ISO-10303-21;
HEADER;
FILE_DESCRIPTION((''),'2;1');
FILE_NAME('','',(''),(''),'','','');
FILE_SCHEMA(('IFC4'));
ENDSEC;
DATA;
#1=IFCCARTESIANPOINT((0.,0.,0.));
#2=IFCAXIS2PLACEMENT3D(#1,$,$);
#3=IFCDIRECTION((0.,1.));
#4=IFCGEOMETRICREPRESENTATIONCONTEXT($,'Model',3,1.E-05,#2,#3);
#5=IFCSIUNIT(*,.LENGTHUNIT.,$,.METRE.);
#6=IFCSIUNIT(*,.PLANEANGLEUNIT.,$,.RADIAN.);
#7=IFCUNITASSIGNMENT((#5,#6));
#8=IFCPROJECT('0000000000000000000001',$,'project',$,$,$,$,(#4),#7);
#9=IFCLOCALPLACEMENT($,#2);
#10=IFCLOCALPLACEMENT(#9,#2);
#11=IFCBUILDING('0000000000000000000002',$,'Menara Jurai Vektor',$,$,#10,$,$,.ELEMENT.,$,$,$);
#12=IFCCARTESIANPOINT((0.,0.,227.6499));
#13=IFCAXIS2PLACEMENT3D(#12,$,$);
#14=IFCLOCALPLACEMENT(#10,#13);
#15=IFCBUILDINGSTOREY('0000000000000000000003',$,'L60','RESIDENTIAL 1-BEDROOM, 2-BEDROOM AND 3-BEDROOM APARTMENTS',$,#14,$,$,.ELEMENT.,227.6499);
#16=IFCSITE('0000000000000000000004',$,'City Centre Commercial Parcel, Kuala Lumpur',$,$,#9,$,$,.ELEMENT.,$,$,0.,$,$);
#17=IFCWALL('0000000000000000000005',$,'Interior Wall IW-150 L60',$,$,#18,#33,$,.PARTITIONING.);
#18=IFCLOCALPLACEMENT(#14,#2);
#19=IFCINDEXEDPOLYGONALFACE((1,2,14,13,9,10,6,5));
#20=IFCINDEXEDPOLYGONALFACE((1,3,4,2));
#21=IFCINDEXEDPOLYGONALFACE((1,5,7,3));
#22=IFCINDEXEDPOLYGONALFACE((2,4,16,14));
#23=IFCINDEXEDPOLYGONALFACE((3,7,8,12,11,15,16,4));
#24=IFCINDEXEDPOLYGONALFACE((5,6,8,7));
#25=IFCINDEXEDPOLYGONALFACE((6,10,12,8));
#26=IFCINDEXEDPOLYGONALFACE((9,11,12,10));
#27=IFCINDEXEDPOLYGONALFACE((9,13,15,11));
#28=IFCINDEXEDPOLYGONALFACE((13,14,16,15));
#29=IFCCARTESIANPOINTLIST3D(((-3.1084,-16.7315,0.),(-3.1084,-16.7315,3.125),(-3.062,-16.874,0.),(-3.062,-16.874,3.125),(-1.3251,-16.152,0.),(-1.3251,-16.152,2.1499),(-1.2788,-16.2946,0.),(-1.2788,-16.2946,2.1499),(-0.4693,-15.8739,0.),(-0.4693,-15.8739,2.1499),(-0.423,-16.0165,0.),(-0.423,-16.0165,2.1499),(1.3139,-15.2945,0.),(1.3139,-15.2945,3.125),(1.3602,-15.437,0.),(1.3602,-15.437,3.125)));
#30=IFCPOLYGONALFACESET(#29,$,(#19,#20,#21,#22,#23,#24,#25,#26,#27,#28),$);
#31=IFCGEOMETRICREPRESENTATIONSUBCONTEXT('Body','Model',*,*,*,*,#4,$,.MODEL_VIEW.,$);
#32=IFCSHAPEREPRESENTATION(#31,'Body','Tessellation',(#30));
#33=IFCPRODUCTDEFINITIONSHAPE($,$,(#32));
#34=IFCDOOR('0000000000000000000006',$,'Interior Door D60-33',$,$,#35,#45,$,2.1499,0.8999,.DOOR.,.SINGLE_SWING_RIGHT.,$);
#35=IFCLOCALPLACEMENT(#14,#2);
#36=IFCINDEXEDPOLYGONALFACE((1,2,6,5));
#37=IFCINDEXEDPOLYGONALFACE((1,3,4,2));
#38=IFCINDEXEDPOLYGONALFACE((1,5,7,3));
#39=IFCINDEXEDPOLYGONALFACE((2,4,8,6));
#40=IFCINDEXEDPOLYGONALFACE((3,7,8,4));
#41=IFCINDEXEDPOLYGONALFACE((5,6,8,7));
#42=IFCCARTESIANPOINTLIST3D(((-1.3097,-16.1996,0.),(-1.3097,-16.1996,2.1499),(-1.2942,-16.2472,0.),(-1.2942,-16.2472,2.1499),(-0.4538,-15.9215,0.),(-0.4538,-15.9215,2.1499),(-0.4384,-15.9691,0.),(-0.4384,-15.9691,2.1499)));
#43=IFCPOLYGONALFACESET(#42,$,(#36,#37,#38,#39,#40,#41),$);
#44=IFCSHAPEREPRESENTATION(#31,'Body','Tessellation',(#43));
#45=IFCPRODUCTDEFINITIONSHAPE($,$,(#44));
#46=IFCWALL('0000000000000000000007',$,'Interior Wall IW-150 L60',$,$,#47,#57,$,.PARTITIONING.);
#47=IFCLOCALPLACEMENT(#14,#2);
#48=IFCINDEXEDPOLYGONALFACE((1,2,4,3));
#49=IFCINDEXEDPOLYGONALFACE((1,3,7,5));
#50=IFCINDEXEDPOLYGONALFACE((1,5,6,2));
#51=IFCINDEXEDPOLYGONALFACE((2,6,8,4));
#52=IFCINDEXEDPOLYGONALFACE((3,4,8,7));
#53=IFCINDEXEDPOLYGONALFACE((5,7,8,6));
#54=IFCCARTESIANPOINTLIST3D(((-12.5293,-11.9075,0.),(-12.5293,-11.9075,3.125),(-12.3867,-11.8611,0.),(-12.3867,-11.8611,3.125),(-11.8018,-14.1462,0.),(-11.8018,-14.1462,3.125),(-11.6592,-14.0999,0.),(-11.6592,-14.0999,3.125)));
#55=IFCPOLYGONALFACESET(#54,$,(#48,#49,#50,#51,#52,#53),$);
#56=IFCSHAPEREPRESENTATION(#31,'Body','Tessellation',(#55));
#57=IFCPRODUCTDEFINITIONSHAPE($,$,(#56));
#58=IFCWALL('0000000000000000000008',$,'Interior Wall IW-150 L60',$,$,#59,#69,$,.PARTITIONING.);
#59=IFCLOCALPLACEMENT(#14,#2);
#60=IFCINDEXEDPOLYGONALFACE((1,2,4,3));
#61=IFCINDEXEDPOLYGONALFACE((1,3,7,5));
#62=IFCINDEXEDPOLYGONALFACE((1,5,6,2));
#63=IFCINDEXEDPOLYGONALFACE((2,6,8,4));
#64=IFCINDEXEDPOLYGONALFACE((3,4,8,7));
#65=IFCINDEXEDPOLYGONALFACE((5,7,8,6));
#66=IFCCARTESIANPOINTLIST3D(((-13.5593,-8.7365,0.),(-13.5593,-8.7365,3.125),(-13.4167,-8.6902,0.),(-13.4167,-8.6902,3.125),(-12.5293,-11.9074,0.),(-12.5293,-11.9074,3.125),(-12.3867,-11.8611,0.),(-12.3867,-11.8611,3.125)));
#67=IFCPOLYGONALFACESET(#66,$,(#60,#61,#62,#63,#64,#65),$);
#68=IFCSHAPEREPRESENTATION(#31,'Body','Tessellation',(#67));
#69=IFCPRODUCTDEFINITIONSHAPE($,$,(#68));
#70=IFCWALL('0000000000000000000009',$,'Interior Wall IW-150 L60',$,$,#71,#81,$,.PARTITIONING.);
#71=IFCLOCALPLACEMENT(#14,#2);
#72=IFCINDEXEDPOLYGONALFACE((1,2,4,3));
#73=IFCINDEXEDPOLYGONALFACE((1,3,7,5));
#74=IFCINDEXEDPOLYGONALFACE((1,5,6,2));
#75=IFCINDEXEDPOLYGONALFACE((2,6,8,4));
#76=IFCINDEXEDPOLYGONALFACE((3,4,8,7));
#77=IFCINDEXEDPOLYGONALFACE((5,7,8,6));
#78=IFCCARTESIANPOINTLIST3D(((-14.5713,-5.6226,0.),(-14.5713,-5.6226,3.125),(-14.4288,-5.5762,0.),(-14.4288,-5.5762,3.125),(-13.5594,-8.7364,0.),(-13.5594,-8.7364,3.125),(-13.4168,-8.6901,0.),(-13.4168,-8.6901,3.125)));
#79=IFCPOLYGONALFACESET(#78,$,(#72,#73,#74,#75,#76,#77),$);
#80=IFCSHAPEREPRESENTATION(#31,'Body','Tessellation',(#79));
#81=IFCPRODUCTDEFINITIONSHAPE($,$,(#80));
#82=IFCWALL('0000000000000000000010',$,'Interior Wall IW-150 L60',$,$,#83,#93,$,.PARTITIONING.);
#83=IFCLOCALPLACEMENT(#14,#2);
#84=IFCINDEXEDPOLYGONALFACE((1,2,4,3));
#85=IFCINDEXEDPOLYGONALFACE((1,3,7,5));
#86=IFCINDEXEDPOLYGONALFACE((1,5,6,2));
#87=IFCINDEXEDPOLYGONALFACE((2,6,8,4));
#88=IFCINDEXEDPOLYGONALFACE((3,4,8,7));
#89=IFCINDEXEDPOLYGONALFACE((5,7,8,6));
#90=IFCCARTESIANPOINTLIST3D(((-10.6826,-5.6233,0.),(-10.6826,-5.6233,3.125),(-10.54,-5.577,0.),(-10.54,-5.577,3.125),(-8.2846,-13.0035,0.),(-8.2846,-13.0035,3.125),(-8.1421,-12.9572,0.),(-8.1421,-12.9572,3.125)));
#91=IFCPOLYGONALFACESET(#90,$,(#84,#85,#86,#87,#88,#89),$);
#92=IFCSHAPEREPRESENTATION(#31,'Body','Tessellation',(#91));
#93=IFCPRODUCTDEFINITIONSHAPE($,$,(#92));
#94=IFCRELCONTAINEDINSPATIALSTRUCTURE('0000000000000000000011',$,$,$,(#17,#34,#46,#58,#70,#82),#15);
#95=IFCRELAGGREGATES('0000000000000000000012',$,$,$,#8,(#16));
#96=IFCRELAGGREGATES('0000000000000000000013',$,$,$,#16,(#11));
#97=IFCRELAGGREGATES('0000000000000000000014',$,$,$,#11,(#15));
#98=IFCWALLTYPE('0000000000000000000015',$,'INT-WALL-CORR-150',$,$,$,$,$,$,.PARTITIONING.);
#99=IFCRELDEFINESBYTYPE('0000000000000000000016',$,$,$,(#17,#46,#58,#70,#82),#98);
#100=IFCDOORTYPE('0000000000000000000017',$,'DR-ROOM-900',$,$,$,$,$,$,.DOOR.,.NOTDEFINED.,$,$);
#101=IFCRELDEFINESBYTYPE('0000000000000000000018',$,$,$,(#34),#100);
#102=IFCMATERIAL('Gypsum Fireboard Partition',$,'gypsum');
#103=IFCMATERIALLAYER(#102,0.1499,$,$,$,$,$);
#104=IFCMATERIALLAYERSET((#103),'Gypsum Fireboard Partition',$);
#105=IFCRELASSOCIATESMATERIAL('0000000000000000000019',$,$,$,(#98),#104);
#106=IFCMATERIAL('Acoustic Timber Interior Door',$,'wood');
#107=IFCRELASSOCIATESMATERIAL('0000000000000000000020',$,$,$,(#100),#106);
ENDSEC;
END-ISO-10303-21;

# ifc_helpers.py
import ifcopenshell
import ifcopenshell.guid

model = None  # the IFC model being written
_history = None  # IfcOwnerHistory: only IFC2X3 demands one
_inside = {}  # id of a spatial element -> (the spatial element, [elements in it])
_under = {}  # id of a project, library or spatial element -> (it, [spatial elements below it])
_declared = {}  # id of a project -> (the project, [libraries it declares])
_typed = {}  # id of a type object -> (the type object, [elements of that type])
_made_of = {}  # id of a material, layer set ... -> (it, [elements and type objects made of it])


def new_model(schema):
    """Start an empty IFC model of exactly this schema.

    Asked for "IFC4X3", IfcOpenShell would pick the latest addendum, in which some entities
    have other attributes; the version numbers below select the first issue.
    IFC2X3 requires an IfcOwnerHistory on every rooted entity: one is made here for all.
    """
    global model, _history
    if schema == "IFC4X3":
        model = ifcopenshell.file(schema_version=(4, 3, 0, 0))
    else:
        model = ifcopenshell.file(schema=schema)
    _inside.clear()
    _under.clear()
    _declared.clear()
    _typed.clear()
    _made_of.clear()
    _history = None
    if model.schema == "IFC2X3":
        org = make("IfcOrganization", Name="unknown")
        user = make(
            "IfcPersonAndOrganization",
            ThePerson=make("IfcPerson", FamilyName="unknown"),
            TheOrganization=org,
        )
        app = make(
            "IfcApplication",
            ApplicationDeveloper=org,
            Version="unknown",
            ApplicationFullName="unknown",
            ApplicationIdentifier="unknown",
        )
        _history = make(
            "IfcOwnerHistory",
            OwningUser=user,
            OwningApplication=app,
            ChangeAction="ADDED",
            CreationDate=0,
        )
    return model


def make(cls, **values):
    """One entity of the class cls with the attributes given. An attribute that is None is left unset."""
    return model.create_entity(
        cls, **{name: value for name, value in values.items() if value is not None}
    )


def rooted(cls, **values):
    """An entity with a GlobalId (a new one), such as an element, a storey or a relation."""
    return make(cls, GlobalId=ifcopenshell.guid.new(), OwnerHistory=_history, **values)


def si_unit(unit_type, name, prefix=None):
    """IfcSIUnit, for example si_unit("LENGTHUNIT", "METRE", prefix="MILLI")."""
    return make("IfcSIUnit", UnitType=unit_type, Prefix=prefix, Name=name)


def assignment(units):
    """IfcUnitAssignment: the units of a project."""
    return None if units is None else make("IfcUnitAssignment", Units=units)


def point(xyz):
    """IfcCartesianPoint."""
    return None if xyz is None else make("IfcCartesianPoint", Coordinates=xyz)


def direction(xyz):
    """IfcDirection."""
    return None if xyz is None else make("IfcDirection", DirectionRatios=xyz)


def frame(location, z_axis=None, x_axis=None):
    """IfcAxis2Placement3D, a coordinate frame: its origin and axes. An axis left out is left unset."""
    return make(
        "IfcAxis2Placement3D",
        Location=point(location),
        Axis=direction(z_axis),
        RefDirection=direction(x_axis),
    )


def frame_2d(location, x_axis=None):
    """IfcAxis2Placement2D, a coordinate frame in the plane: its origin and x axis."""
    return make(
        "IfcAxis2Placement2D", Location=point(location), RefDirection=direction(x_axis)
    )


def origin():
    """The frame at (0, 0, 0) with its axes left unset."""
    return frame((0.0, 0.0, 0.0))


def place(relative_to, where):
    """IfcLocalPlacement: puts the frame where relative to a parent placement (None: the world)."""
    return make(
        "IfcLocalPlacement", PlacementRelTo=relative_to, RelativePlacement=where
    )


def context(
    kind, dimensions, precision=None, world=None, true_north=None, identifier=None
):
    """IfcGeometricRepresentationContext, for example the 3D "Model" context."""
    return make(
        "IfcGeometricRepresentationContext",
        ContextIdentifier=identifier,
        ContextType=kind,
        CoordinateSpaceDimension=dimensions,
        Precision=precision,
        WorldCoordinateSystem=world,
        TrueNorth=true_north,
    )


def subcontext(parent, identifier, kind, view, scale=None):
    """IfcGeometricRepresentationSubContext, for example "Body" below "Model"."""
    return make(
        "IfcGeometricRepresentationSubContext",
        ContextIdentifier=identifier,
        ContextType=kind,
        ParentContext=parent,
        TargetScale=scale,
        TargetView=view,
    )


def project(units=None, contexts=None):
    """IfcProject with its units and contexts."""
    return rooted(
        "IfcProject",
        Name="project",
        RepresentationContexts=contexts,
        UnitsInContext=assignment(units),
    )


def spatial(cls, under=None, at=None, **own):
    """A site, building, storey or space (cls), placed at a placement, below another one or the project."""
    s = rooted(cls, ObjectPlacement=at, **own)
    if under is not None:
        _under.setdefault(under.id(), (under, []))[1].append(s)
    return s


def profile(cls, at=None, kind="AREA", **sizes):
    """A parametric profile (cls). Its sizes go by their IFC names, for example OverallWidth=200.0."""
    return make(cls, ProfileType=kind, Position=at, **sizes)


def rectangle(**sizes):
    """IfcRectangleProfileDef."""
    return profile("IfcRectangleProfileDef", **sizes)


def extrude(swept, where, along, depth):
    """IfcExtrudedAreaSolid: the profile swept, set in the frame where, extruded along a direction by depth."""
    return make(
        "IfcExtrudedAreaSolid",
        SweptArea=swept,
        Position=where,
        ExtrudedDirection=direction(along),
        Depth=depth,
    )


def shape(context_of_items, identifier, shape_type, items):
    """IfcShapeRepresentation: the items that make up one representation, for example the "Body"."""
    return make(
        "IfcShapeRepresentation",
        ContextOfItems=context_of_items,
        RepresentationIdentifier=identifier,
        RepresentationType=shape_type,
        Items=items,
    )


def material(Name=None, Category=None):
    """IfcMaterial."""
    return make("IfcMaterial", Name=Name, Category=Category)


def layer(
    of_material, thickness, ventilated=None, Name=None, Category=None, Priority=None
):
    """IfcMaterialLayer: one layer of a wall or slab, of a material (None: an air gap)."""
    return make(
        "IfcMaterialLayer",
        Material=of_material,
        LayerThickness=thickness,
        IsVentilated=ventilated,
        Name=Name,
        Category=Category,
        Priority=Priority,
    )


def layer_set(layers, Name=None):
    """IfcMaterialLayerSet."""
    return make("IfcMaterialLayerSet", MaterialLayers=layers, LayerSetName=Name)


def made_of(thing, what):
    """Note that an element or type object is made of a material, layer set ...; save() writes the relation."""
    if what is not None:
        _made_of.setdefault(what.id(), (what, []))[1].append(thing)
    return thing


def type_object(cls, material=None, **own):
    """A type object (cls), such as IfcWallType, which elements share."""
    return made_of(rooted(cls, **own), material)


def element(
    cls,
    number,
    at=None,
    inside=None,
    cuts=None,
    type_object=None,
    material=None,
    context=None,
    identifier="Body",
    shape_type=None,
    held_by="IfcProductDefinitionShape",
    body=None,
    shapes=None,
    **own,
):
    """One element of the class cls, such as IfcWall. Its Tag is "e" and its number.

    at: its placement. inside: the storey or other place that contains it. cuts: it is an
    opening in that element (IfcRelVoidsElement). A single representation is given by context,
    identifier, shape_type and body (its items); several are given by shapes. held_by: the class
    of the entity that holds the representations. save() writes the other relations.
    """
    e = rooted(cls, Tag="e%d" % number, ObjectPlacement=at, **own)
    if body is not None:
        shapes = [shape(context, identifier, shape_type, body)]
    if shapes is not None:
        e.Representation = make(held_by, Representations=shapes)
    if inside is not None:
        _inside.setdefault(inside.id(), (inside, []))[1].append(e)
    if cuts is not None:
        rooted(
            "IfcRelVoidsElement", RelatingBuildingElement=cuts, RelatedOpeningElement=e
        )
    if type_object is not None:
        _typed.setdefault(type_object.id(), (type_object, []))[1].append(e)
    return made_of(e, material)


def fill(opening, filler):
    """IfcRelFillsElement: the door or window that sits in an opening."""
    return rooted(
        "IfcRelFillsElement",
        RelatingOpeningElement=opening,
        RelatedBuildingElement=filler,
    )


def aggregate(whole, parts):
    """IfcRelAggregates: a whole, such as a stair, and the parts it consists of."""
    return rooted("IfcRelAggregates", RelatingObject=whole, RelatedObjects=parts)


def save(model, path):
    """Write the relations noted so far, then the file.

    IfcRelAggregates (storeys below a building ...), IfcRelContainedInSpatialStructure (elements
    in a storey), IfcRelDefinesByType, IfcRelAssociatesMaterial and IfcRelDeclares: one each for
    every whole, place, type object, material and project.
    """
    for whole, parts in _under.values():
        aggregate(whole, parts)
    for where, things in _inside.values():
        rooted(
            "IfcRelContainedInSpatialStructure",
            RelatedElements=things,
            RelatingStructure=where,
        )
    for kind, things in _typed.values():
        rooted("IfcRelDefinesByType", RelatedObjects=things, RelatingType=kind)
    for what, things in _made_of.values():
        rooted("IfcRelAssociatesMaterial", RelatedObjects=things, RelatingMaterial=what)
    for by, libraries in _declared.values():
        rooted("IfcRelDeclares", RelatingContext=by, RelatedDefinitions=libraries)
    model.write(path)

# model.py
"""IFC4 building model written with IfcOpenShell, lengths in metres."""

from ifc_helpers import new_model, si_unit, direction, frame, frame_2d, origin, place, context, subcontext, project, spatial, rectangle, extrude, material, layer, layer_set, type_object, element, fill, save


model = new_model("IFC4")

# Units and contexts
model_context = context("Model", 3, precision=1e-05, world=origin(), true_north=direction((0.0, 1.0)))
body_context = subcontext(model_context, "Body", "Model", "MODEL_VIEW")
ifc_project = project(units=[si_unit("LENGTHUNIT", "METRE"), si_unit("PLANEANGLEUNIT", "RADIAN")], contexts=[model_context])

# Site, building, storey
site_placement = place(None, origin())
site = spatial("IfcSite", under=ifc_project, at=site_placement, Name="City Centre Commercial Parcel, Kuala Lumpur", CompositionType="ELEMENT", RefElevation=0.0)
building_placement = place(site_placement, origin())
building = spatial("IfcBuilding", under=site, at=building_placement, Name="Menara Jurai Vektor", CompositionType="ELEMENT")
storey_placement = place(building_placement, frame((0.0, 0.0, 227.6499)))
storey = spatial("IfcBuildingStorey", under=building, at=storey_placement, Name="L60", Description="RESIDENTIAL 1-BEDROOM, 2-BEDROOM AND 3-BEDROOM APARTMENTS", CompositionType="ELEMENT", Elevation=227.6499)

# Shared definitions
ifc_material_1 = material(Name="Gypsum Fireboard Partition", Category="gypsum")
ifc_layer = layer(ifc_material_1, 0.1499)
ifc_layer_set = layer_set([ifc_layer], Name="Gypsum Fireboard Partition")
wall_type = type_object("IfcWallType", Name="INT-WALL-CORR-150", PredefinedType="PARTITIONING", material=ifc_layer_set)

# Wall, opening, door
ifc_material_2 = material(Name="Acoustic Timber Interior Door", Category="wood")
door_type_1 = type_object("IfcDoorType", Name="DR-ROOM-900", OperationType="NOTDEFINED", PredefinedType="DOOR", material=ifc_material_2)
wall_1_placement = place(storey_placement, frame((-3.0852, -16.8027, 0.0), z_axis=(0.0, 0.0, 1.0), x_axis=(0.95105, 0.309036, 0.0)))
wall_1 = element("IfcWall", 1, at=wall_1_placement, inside=storey, type_object=wall_type, Name="Interior Wall IW-150 L60", PredefinedType="PARTITIONING", context=body_context, shape_type="SweptSolid", body=[
    extrude(rectangle(XDim=4.6499, YDim=0.1499, at=frame_2d((2.325, 0.0))), origin(), (0.0, 0.0, 1.0), 3.125),
])
opening_1_placement = place(wall_1_placement, frame((1.875, 0.0, 0.0)))
opening_1 = element("IfcOpeningElement", 2, at=opening_1_placement, cuts=wall_1, PredefinedType="OPENING", context=body_context, shape_type="SweptSolid", body=[
    extrude(rectangle(XDim=0.8999, YDim=2.1499, at=frame_2d((0.45, 1.075))), frame((0.0, 0.085, 0.0), z_axis=(0.0, -1.0, 0.0), x_axis=(1.0, 0.0, 0.0)), (0.0, 0.0, 1.0), 0.1699),
])
door_1_placement = place(opening_1_placement, origin())
door_1 = element("IfcDoor", 3, at=door_1_placement, inside=storey, type_object=door_type_1, Name="Interior Door D60-33", OperationType="SINGLE_SWING_RIGHT", OverallHeight=2.1499, OverallWidth=0.8999, PredefinedType="DOOR", context=body_context, shape_type="SweptSolid", body=[
    extrude(rectangle(XDim=0.8999, YDim=2.1499, at=frame_2d((0.45, 1.075))), frame((0.0, 0.0249, 0.0), z_axis=(0.0, -1.0, 0.0), x_axis=(1.0, 0.0, 0.0)), (0.0, 0.0, 1.0), 0.05),
])
fill(opening_1, door_1)

# Walls
wall_2_placement = place(storey_placement, frame((-11.7305, -14.123, 0.0), z_axis=(0.0, 0.0, 1.0), x_axis=(-0.309063, 0.951042, 0.0)))
element("IfcWall", 4, at=wall_2_placement, inside=storey, type_object=wall_type, Name="Interior Wall IW-150 L60", PredefinedType="PARTITIONING", context=body_context, shape_type="SweptSolid", body=[
    extrude(rectangle(XDim=2.354, YDim=0.1499, at=frame_2d((1.177, 0.0))), origin(), (0.0, 0.0, 1.0), 3.125),
])
wall_3_placement = place(storey_placement, frame((-12.458, -11.8843, 0.0), z_axis=(0.0, 0.0, 1.0), x_axis=(-0.308947, 0.951079, 0.0)))
element("IfcWall", 5, at=wall_3_placement, inside=storey, type_object=wall_type, Name="Interior Wall IW-150 L60", PredefinedType="PARTITIONING", context=body_context, shape_type="SweptSolid", body=[
    extrude(rectangle(XDim=3.334, YDim=0.1499, at=frame_2d((1.667, 0.0))), origin(), (0.0, 0.0, 1.0), 3.125),
])
wall_4_placement = place(storey_placement, frame((-13.488, -8.7134, 0.0), z_axis=(0.0, 0.0, 1.0), x_axis=(-0.309083, 0.951035, 0.0)))
element("IfcWall", 6, at=wall_4_placement, inside=storey, type_object=wall_type, Name="Interior Wall IW-150 L60", PredefinedType="PARTITIONING", context=body_context, shape_type="SweptSolid", body=[
    extrude(rectangle(XDim=3.2742, YDim=0.1499, at=frame_2d((1.6372, 0.0))), origin(), (0.0, 0.0, 1.0), 3.125),
])
wall_5_placement = place(storey_placement, frame((-8.2134, -12.9802, 0.0), z_axis=(0.0, 0.0, 1.0), x_axis=(-0.309017, 0.951056, 0.0)))
element("IfcWall", 7, at=wall_5_placement, inside=storey, type_object=wall_type, Name="Interior Wall IW-150 L60", PredefinedType="PARTITIONING", context=body_context, shape_type="SweptSolid", body=[
    extrude(rectangle(XDim=7.76, YDim=0.1499, at=frame_2d((3.8799, 0.0))), origin(), (0.0, 0.0, 1.0), 3.125),
])

save(model, "model.ifc")
